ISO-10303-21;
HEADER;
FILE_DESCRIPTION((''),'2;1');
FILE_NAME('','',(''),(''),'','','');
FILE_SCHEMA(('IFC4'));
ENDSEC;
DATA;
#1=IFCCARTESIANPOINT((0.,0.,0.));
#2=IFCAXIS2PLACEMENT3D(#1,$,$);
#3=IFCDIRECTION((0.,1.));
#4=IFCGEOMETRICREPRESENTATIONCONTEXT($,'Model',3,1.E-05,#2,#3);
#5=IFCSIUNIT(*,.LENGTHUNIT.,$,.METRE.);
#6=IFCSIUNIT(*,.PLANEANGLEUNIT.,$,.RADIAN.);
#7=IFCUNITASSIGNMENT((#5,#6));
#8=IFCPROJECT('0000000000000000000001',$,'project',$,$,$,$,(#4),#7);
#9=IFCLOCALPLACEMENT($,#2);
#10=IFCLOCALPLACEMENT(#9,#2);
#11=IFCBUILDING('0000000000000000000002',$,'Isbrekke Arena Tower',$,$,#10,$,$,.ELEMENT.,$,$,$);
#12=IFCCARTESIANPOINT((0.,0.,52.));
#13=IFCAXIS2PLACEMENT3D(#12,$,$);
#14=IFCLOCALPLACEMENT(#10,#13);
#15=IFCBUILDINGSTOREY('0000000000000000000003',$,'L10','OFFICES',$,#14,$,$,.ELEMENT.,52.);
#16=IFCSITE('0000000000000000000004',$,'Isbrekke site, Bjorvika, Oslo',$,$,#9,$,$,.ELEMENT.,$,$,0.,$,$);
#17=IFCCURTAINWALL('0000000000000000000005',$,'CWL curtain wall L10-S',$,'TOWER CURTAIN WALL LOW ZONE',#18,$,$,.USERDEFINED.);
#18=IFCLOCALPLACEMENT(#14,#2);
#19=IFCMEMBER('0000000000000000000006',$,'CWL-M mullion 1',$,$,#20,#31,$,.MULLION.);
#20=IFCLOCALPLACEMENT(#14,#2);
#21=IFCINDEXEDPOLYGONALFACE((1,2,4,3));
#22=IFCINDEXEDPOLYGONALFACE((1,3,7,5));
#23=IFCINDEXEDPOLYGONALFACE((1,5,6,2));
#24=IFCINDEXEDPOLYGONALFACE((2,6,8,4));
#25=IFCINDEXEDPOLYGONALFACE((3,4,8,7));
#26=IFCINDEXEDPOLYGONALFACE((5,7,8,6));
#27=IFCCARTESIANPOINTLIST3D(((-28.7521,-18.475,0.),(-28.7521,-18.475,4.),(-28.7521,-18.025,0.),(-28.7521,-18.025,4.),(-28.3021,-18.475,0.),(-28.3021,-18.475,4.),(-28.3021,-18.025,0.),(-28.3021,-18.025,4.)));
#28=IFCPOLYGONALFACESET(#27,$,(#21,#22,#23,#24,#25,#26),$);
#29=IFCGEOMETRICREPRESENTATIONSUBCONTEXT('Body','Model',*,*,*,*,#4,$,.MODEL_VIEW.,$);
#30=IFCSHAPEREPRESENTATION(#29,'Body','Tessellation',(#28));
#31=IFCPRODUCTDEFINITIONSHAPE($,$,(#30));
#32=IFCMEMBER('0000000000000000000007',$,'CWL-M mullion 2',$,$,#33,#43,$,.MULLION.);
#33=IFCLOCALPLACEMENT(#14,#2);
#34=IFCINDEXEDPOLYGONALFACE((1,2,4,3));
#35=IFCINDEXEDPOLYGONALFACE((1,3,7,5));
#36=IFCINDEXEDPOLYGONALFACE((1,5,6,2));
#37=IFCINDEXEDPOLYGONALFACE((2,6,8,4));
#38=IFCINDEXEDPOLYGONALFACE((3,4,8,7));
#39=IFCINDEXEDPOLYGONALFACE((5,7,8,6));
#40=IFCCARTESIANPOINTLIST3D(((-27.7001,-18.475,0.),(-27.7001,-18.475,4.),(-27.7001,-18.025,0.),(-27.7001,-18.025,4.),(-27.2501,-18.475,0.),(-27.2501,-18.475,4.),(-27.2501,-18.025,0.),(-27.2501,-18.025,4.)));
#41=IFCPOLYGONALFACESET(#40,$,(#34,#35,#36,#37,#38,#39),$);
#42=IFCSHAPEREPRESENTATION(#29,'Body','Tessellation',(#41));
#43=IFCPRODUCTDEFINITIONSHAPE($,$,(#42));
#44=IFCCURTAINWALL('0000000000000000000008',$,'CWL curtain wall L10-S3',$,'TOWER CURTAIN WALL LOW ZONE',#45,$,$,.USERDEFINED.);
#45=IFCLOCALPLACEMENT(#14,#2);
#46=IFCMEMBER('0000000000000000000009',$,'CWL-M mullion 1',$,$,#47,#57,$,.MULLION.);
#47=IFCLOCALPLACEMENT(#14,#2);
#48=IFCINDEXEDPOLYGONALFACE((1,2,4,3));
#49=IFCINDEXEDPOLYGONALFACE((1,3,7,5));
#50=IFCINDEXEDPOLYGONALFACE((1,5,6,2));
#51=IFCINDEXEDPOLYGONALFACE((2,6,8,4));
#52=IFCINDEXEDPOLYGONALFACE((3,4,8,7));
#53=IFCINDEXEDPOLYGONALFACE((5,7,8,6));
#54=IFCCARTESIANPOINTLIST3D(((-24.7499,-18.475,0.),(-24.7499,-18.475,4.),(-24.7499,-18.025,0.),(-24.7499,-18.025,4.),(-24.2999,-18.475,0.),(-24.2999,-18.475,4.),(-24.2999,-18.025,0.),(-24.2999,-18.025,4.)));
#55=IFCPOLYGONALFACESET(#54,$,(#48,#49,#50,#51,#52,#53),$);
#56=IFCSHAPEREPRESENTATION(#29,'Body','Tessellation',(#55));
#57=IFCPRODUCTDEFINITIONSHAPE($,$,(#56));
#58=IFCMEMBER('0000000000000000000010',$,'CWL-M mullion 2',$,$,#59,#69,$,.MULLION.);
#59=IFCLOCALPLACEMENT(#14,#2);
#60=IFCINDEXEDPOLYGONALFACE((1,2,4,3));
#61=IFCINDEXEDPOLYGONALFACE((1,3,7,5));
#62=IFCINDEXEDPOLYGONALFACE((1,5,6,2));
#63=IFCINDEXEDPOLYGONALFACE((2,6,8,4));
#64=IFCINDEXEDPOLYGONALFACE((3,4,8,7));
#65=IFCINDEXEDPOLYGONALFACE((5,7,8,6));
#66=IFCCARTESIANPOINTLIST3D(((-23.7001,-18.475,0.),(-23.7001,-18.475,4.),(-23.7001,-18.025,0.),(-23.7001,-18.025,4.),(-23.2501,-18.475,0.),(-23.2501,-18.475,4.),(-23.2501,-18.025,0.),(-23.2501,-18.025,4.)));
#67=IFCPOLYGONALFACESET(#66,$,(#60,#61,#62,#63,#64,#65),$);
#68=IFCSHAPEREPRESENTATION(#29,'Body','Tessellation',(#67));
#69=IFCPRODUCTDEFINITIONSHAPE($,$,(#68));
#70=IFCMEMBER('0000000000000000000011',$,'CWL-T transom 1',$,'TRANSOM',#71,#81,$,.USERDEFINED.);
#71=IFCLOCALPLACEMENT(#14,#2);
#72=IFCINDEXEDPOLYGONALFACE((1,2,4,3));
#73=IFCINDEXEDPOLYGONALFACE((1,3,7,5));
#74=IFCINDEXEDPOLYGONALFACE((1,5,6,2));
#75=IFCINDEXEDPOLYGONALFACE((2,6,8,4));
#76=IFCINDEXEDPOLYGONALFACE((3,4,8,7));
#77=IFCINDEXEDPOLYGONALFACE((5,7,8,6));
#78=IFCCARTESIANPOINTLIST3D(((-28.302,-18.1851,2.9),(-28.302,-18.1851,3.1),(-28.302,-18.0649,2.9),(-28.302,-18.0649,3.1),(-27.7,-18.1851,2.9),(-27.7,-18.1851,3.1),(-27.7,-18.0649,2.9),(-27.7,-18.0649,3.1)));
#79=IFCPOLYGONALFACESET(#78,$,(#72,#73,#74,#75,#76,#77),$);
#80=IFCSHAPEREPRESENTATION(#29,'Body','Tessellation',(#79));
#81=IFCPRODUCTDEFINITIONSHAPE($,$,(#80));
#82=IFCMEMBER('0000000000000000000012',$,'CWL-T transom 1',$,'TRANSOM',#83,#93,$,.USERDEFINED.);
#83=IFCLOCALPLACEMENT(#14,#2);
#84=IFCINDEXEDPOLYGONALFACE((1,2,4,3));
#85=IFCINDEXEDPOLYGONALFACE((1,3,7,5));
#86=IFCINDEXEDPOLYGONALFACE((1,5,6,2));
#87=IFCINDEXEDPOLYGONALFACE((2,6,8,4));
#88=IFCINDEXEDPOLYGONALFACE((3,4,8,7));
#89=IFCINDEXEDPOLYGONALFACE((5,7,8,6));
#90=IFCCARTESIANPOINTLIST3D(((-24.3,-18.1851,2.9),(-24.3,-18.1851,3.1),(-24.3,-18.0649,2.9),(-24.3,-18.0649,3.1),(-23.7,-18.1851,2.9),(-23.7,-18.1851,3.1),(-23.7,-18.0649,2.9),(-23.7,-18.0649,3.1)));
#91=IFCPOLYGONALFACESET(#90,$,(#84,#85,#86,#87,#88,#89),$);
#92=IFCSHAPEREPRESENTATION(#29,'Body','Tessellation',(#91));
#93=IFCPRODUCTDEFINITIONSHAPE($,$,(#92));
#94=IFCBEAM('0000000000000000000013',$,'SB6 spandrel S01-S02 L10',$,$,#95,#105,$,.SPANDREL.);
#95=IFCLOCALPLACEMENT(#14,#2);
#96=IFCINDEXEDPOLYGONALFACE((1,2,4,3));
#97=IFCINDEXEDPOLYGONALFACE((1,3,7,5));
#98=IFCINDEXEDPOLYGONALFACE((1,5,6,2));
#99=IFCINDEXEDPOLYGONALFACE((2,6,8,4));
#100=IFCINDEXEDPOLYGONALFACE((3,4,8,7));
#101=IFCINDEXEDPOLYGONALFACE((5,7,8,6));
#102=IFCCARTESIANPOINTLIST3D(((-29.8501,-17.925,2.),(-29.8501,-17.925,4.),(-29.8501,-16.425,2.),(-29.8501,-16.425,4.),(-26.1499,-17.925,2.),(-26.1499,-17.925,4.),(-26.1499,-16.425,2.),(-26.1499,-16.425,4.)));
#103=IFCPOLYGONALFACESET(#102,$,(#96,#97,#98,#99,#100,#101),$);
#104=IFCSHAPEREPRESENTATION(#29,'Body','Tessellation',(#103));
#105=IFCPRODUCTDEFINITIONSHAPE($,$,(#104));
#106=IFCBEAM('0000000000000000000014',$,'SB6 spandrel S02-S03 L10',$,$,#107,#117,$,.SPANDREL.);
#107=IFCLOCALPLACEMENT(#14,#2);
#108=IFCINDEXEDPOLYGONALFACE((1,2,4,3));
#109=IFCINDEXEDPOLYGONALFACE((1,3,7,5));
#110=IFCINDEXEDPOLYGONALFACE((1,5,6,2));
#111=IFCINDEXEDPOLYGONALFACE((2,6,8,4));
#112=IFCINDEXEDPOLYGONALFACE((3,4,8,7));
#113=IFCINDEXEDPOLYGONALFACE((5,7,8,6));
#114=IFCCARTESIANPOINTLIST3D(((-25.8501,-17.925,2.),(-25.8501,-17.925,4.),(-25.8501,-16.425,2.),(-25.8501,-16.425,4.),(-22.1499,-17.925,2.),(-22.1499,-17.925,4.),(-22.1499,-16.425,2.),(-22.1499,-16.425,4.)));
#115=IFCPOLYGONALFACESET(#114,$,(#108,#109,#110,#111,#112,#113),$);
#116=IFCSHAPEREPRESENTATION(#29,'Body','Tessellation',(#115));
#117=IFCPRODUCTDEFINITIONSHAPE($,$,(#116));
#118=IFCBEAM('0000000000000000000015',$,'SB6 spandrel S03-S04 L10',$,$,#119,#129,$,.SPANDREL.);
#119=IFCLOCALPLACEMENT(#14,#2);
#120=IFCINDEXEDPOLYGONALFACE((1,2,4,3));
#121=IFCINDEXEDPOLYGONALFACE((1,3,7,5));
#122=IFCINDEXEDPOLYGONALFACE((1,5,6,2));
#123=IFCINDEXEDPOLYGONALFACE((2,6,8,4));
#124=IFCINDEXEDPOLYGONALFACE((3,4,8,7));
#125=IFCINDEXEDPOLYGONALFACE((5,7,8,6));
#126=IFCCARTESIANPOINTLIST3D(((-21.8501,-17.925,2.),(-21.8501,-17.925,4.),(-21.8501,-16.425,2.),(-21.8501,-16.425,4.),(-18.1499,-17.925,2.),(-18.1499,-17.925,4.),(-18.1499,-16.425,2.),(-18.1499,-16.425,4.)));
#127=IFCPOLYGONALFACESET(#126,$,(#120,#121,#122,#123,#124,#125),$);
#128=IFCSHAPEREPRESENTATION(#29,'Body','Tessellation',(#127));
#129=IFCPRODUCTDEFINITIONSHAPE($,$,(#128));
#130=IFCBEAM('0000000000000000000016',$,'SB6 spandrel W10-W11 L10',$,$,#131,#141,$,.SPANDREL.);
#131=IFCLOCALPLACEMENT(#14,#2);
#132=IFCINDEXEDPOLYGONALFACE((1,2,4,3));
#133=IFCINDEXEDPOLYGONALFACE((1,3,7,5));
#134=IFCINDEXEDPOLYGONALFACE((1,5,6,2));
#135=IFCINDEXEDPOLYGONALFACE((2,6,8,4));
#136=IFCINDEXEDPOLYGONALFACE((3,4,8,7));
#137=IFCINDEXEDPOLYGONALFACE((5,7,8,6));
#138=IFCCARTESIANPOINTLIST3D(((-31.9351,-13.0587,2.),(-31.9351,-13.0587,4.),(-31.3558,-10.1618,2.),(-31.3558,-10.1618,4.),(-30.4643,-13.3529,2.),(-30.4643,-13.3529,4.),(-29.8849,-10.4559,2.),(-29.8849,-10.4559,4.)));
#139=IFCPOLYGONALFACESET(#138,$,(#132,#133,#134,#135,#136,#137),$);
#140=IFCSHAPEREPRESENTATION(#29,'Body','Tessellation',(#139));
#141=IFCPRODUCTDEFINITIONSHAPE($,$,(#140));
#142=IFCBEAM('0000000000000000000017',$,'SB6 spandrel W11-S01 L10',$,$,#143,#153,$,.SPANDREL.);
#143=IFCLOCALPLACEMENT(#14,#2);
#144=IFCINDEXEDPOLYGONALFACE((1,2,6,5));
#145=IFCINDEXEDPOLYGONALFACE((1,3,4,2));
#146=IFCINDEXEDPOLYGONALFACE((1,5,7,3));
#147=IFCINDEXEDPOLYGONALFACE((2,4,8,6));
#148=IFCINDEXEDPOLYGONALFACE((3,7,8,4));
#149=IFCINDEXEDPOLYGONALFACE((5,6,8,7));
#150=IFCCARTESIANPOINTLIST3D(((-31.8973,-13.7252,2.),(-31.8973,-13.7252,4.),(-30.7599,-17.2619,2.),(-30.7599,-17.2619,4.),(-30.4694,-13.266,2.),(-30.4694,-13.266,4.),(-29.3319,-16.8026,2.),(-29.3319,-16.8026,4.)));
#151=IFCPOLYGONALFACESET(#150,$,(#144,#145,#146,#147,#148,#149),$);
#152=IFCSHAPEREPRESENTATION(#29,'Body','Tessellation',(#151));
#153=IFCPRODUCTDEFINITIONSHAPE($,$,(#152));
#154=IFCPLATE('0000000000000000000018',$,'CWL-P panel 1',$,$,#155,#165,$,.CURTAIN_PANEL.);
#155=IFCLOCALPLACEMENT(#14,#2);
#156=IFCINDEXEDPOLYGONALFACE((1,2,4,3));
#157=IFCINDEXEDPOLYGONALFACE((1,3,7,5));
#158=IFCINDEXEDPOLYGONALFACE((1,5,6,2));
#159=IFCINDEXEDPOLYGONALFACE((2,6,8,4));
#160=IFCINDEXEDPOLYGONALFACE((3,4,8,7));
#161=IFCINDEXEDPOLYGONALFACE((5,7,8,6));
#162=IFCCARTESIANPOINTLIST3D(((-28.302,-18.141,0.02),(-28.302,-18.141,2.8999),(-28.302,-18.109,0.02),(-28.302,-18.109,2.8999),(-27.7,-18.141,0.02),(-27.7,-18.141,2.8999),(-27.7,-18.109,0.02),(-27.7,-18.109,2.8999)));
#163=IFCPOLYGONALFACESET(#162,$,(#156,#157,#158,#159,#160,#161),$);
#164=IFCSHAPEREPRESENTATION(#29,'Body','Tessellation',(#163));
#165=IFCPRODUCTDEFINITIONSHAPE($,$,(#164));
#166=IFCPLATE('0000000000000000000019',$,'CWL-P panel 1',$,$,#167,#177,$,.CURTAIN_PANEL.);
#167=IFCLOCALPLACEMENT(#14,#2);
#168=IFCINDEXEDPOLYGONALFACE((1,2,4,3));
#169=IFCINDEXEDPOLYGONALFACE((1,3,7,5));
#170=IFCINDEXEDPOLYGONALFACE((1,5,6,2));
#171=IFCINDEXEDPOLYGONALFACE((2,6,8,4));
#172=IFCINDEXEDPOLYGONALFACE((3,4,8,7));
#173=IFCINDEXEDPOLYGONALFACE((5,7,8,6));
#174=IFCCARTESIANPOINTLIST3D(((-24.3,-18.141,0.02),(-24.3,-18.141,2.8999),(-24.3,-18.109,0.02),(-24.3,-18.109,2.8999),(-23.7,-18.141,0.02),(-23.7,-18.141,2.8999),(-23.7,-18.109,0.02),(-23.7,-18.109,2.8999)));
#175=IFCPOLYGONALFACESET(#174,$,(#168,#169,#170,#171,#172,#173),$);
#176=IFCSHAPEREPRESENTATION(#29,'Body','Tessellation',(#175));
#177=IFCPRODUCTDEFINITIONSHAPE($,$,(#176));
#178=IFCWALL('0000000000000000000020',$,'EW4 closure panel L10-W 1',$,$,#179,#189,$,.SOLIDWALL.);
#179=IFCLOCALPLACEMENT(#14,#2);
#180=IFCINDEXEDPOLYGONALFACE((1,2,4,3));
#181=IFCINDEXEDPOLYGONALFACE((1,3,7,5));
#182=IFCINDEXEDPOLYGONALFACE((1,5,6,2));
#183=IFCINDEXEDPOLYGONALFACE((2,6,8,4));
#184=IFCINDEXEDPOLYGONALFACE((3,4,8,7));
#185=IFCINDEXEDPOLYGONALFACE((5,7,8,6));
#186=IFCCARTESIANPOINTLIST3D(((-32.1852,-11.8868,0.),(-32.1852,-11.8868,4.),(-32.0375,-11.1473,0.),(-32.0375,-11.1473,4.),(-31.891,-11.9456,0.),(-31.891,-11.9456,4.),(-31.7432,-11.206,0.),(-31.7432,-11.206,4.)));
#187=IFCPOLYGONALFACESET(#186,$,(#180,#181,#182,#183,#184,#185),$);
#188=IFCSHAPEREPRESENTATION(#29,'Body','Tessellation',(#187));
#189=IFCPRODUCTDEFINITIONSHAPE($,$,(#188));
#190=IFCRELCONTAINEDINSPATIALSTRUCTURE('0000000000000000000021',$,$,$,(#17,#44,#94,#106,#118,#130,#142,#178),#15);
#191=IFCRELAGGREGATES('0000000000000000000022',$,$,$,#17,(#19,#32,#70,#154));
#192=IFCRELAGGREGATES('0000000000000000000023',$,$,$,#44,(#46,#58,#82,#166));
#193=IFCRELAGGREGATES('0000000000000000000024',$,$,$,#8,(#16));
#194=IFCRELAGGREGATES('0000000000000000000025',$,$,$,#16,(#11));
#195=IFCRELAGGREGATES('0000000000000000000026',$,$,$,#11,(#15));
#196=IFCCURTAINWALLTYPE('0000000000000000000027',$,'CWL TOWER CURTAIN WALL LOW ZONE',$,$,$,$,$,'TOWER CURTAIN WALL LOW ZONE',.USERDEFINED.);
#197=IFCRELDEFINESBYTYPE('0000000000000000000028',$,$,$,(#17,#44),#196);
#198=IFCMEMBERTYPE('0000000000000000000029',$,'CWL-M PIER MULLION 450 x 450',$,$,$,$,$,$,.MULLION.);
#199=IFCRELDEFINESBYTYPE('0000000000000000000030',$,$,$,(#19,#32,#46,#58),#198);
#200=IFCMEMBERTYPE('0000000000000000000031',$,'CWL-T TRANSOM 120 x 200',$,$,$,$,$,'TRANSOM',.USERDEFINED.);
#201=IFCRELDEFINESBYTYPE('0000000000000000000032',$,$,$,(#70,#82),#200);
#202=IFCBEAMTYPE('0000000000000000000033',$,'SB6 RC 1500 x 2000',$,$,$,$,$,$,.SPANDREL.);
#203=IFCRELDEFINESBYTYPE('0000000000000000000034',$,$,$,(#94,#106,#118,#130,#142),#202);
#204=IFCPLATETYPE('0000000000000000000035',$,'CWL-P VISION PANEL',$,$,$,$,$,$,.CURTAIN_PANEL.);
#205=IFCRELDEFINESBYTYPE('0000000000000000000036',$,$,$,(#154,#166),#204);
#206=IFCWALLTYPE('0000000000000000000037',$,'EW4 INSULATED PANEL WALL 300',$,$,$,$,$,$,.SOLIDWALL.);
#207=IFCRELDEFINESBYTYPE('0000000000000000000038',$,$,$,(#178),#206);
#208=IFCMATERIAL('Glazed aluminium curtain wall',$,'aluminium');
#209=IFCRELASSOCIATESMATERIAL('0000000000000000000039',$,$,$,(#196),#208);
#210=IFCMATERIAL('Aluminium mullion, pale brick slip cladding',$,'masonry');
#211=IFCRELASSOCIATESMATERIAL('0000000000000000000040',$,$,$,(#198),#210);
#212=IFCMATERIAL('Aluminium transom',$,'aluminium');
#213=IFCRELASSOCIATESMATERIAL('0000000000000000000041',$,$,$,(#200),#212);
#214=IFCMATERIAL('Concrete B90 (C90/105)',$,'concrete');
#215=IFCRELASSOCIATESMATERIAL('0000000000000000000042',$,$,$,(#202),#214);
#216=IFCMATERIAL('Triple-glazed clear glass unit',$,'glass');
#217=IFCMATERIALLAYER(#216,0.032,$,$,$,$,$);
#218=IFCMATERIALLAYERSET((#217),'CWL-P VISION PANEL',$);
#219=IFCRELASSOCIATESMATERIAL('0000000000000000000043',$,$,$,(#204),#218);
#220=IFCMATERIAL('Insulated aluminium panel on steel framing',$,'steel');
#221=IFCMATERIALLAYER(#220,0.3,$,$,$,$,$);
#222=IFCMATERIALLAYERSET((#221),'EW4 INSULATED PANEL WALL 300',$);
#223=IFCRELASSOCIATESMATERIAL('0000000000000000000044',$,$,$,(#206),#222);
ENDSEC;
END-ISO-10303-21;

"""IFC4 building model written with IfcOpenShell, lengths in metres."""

from ifc_helpers import new_model, si_unit, direction, frame, frame_2d, origin, origin_2d, place, context, subcontext, project, spatial, rectangle, extrude, material, layer, layer_set, material_profile, profile_set, type_object, element, aggregate, save


model = new_model("IFC4")

# Units and contexts
model_context = context("Model", 3, precision=1e-05, world=origin(), true_north=direction((0.0, 1.0)))
body_context = subcontext(model_context, "Body", "Model", "MODEL_VIEW")
ifc_project = project(units=[si_unit("LENGTHUNIT", "METRE"), si_unit("PLANEANGLEUNIT", "RADIAN")], contexts=[model_context])

# Site, building, storey
site_placement = place(None, origin())
site = spatial("IfcSite", under=ifc_project, at=site_placement, Name="Isbrekke site, Bjorvika, Oslo", CompositionType="ELEMENT", RefElevation=0.0)
building_placement = place(site_placement, origin())
building = spatial("IfcBuilding", under=site, at=building_placement, Name="Isbrekke Arena Tower", CompositionType="ELEMENT")
storey_placement = place(building_placement, frame((0.0, 0.0, 52.0)))
storey = spatial("IfcBuildingStorey", under=building, at=storey_placement, Name="L10", Description="OFFICES", CompositionType="ELEMENT", Elevation=52.0)

# Curtain walls, members
ifc_material_1 = material(Name="Glazed aluminium curtain wall", Category="aluminium")
curtain_wall_type = type_object("IfcCurtainWallType", Name="CWL TOWER CURTAIN WALL LOW ZONE", ElementType="TOWER CURTAIN WALL LOW ZONE", PredefinedType="USERDEFINED", material=ifc_material_1)
curtain_wall_1_placement = place(storey_placement, origin())
curtain_wall_1 = element("IfcCurtainWall", 1, at=curtain_wall_1_placement, inside=storey, type_object=curtain_wall_type, Name="CWL curtain wall L10-S", ObjectType="TOWER CURTAIN WALL LOW ZONE", PredefinedType="USERDEFINED")
ifc_material_2 = material(Name="Aluminium mullion, pale brick slip cladding", Category="masonry")
ifc_material_profile_1 = material_profile(ifc_material_2, rectangle(XDim=0.45, YDim=0.45, at=origin_2d()), Name="PIER 450X450")
ifc_profile_set_1 = profile_set([ifc_material_profile_1], Name="Aluminium mullion, pale brick slip cladding")
member_type_1 = type_object("IfcMemberType", Name="CWL-M PIER MULLION 450 x 450", PredefinedType="MULLION", material=ifc_profile_set_1)
member_1_placement = place(storey_placement, frame((-28.5271, -18.25, 0.0), z_axis=(0.0, 0.0, 1.0), x_axis=(1.0, 0.0, 0.0)))
member_1 = element("IfcMember", 2, at=member_1_placement, type_object=member_type_1, Name="CWL-M mullion 1", PredefinedType="MULLION", context=body_context, shape_type="SweptSolid", body=[
    extrude(rectangle(XDim=0.45, YDim=0.45, at=origin_2d()), origin(), (0.0, 0.0, 1.0), 4.0),
])
member_2_placement = place(storey_placement, frame((-27.4751, -18.25, 0.0), z_axis=(0.0, 0.0, 1.0), x_axis=(1.0, 0.0, 0.0)))
member_2 = element("IfcMember", 3, at=member_2_placement, type_object=member_type_1, Name="CWL-M mullion 2", PredefinedType="MULLION", context=body_context, shape_type="SweptSolid", body=[
    extrude(rectangle(XDim=0.45, YDim=0.45, at=origin_2d()), origin(), (0.0, 0.0, 1.0), 4.0),
])
curtain_wall_2_placement = place(storey_placement, origin())
curtain_wall_2 = element("IfcCurtainWall", 4, at=curtain_wall_2_placement, inside=storey, type_object=curtain_wall_type, Name="CWL curtain wall L10-S3", ObjectType="TOWER CURTAIN WALL LOW ZONE", PredefinedType="USERDEFINED")
member_3_placement = place(storey_placement, frame((-24.5249, -18.25, 0.0), z_axis=(0.0, 0.0, 1.0), x_axis=(1.0, 0.0, 0.0)))
member_3 = element("IfcMember", 5, at=member_3_placement, type_object=member_type_1, Name="CWL-M mullion 1", PredefinedType="MULLION", context=body_context, shape_type="SweptSolid", body=[
    extrude(rectangle(XDim=0.45, YDim=0.45, at=origin_2d()), origin(), (0.0, 0.0, 1.0), 4.0),
])
member_4_placement = place(storey_placement, frame((-23.4751, -18.25, 0.0), z_axis=(0.0, 0.0, 1.0), x_axis=(1.0, 0.0, 0.0)))
member_4 = element("IfcMember", 6, at=member_4_placement, type_object=member_type_1, Name="CWL-M mullion 2", PredefinedType="MULLION", context=body_context, shape_type="SweptSolid", body=[
    extrude(rectangle(XDim=0.45, YDim=0.45, at=origin_2d()), origin(), (0.0, 0.0, 1.0), 4.0),
])

# Members
ifc_material_3 = material(Name="Aluminium transom", Category="aluminium")
ifc_material_profile_2 = material_profile(ifc_material_3, rectangle(XDim=0.1201, YDim=0.2, at=origin_2d()), Name="TRANSOM 120X200")
ifc_profile_set_2 = profile_set([ifc_material_profile_2], Name="Aluminium transom")
member_type_2 = type_object("IfcMemberType", Name="CWL-T TRANSOM 120 x 200", ElementType="TRANSOM", PredefinedType="USERDEFINED", material=ifc_profile_set_2)
member_5_placement = place(storey_placement, frame((-28.302, -18.125, 3.0), z_axis=(1.0, 0.0, 0.0), x_axis=(0.0, 1.0, 0.0)))
member_5 = element("IfcMember", 7, at=member_5_placement, type_object=member_type_2, Name="CWL-T transom 1", ObjectType="TRANSOM", PredefinedType="USERDEFINED", context=body_context, shape_type="SweptSolid", body=[
    extrude(rectangle(XDim=0.1201, YDim=0.2, at=origin_2d()), origin(), (0.0, 0.0, 1.0), 0.6021),
])
member_6_placement = place(storey_placement, frame((-24.3, -18.125, 3.0), z_axis=(1.0, 0.0, 0.0), x_axis=(0.0, 1.0, 0.0)))
member_6 = element("IfcMember", 8, at=member_6_placement, type_object=member_type_2, Name="CWL-T transom 1", ObjectType="TRANSOM", PredefinedType="USERDEFINED", context=body_context, shape_type="SweptSolid", body=[
    extrude(rectangle(XDim=0.1201, YDim=0.2, at=origin_2d()), origin(), (0.0, 0.0, 1.0), 0.6001),
])

# Beams
ifc_material_4 = material(Name="Concrete B90 (C90/105)", Category="concrete")
ifc_material_profile_3 = material_profile(ifc_material_4, rectangle(XDim=1.5, YDim=2.0, at=origin_2d()), Name="RC 1500x2000")
ifc_profile_set_3 = profile_set([ifc_material_profile_3], Name="Concrete B90 (C90/105)")
beam_type_1 = type_object("IfcBeamType", Name="SB6 RC 1500 x 2000", PredefinedType="SPANDREL", material=ifc_profile_set_3)
for number, where, z_axis, x_axis, name in (
    (9, (-29.8501, -17.175, 3.0), (1.0, 0.0, 0.0), (0.0, 1.0, 0.0), "SB6 spandrel S01-S02 L10"),
    (10, (-25.8501, -17.175, 3.0), (1.0, 0.0, 0.0), (0.0, 1.0, 0.0), "SB6 spandrel S02-S03 L10"),
    (11, (-21.8501, -17.175, 3.0), (1.0, 0.0, 0.0), (0.0, 1.0, 0.0), "SB6 spandrel S03-S04 L10"),
):
    element("IfcBeam", number, at=place(storey_placement, frame(where, z_axis=z_axis, x_axis=x_axis)), inside=storey, type_object=beam_type_1, Name=name, PredefinedType="SPANDREL", context=body_context, shape_type="SweptSolid", body=[
        extrude(rectangle(XDim=1.5, YDim=2.0, at=origin_2d()), origin(), (0.0, 0.0, 1.0), 3.7002),
    ])
beam_1_placement = place(storey_placement, frame((-30.6204, -10.3088, 3.0), z_axis=(-0.1961, -0.980584, 0.0), x_axis=(0.980584, -0.1961, 0.0)))
element("IfcBeam", 12, at=beam_1_placement, inside=storey, type_object=beam_type_1, Name="SB6 spandrel W10-W11 L10", PredefinedType="SPANDREL", context=body_context, shape_type="SweptSolid", body=[
    extrude(rectangle(XDim=1.5, YDim=2.0, at=origin_2d()), origin(), (0.0, 0.0, 1.0), 2.9543),
])
beam_2_placement = place(storey_placement, frame((-31.1833, -13.4956, 3.0), z_axis=(0.306175, -0.951975, 0.0), x_axis=(0.951975, 0.306175, 0.0)))
element("IfcBeam", 13, at=beam_2_placement, inside=storey, type_object=beam_type_1, Name="SB6 spandrel W11-S01 L10", PredefinedType="SPANDREL", context=body_context, shape_type="SweptSolid", body=[
    extrude(rectangle(XDim=1.5, YDim=2.0, at=origin_2d()), origin(), (0.0, 0.0, 1.0), 3.7151),
])

# Plates
ifc_material_5 = material(Name="Triple-glazed clear glass unit", Category="glass")
ifc_layer_1 = layer(ifc_material_5, 0.032)
ifc_layer_set_1 = layer_set([ifc_layer_1], Name="CWL-P VISION PANEL")
plate_type = type_object("IfcPlateType", Name="CWL-P VISION PANEL", PredefinedType="CURTAIN_PANEL", material=ifc_layer_set_1)
plate_1_placement = place(storey_placement, frame((-28.001, -18.125, 0.02), z_axis=(0.0, 0.0, 1.0), x_axis=(1.0, 0.0, 0.0)))
plate_1 = element("IfcPlate", 14, at=plate_1_placement, type_object=plate_type, Name="CWL-P panel 1", PredefinedType="CURTAIN_PANEL", context=body_context, shape_type="SweptSolid", body=[
    extrude(rectangle(XDim=0.6021, YDim=0.032, at=origin_2d()), origin(), (0.0, 0.0, 1.0), 2.8799),
])
aggregate(curtain_wall_1, [member_1, member_2, member_5, plate_1])
plate_2_placement = place(storey_placement, frame((-24.0, -18.125, 0.02), z_axis=(0.0, 0.0, 1.0), x_axis=(1.0, 0.0, 0.0)))
plate_2 = element("IfcPlate", 15, at=plate_2_placement, type_object=plate_type, Name="CWL-P panel 1", PredefinedType="CURTAIN_PANEL", context=body_context, shape_type="SweptSolid", body=[
    extrude(rectangle(XDim=0.6001, YDim=0.032, at=origin_2d()), origin(), (0.0, 0.0, 1.0), 2.8799),
])
aggregate(curtain_wall_2, [member_3, member_4, member_6, plate_2])

# Wall
ifc_material_6 = material(Name="Insulated aluminium panel on steel framing", Category="steel")
ifc_layer_2 = layer(ifc_material_6, 0.3)
ifc_layer_set_2 = layer_set([ifc_layer_2], Name="EW4 INSULATED PANEL WALL 300")
wall_type_1 = type_object("IfcWallType", Name="EW4 INSULATED PANEL WALL 300", PredefinedType="SOLIDWALL", material=ifc_layer_set_2)
wall_1_placement = place(storey_placement, frame((-31.8904, -11.1768, 0.0), z_axis=(0.0, 0.0, 1.0), x_axis=(-0.195867, -0.98063, 0.0)))
element("IfcWall", 16, at=wall_1_placement, inside=storey, type_object=wall_type_1, Name="EW4 closure panel L10-W 1", PredefinedType="SOLIDWALL", context=body_context, shape_type="SweptSolid", body=[
    extrude(rectangle(XDim=0.7542, YDim=0.3, at=frame_2d((0.377, 0.0))), origin(), (0.0, 0.0, 1.0), 4.0),
])

save(model, "model.ifc")
